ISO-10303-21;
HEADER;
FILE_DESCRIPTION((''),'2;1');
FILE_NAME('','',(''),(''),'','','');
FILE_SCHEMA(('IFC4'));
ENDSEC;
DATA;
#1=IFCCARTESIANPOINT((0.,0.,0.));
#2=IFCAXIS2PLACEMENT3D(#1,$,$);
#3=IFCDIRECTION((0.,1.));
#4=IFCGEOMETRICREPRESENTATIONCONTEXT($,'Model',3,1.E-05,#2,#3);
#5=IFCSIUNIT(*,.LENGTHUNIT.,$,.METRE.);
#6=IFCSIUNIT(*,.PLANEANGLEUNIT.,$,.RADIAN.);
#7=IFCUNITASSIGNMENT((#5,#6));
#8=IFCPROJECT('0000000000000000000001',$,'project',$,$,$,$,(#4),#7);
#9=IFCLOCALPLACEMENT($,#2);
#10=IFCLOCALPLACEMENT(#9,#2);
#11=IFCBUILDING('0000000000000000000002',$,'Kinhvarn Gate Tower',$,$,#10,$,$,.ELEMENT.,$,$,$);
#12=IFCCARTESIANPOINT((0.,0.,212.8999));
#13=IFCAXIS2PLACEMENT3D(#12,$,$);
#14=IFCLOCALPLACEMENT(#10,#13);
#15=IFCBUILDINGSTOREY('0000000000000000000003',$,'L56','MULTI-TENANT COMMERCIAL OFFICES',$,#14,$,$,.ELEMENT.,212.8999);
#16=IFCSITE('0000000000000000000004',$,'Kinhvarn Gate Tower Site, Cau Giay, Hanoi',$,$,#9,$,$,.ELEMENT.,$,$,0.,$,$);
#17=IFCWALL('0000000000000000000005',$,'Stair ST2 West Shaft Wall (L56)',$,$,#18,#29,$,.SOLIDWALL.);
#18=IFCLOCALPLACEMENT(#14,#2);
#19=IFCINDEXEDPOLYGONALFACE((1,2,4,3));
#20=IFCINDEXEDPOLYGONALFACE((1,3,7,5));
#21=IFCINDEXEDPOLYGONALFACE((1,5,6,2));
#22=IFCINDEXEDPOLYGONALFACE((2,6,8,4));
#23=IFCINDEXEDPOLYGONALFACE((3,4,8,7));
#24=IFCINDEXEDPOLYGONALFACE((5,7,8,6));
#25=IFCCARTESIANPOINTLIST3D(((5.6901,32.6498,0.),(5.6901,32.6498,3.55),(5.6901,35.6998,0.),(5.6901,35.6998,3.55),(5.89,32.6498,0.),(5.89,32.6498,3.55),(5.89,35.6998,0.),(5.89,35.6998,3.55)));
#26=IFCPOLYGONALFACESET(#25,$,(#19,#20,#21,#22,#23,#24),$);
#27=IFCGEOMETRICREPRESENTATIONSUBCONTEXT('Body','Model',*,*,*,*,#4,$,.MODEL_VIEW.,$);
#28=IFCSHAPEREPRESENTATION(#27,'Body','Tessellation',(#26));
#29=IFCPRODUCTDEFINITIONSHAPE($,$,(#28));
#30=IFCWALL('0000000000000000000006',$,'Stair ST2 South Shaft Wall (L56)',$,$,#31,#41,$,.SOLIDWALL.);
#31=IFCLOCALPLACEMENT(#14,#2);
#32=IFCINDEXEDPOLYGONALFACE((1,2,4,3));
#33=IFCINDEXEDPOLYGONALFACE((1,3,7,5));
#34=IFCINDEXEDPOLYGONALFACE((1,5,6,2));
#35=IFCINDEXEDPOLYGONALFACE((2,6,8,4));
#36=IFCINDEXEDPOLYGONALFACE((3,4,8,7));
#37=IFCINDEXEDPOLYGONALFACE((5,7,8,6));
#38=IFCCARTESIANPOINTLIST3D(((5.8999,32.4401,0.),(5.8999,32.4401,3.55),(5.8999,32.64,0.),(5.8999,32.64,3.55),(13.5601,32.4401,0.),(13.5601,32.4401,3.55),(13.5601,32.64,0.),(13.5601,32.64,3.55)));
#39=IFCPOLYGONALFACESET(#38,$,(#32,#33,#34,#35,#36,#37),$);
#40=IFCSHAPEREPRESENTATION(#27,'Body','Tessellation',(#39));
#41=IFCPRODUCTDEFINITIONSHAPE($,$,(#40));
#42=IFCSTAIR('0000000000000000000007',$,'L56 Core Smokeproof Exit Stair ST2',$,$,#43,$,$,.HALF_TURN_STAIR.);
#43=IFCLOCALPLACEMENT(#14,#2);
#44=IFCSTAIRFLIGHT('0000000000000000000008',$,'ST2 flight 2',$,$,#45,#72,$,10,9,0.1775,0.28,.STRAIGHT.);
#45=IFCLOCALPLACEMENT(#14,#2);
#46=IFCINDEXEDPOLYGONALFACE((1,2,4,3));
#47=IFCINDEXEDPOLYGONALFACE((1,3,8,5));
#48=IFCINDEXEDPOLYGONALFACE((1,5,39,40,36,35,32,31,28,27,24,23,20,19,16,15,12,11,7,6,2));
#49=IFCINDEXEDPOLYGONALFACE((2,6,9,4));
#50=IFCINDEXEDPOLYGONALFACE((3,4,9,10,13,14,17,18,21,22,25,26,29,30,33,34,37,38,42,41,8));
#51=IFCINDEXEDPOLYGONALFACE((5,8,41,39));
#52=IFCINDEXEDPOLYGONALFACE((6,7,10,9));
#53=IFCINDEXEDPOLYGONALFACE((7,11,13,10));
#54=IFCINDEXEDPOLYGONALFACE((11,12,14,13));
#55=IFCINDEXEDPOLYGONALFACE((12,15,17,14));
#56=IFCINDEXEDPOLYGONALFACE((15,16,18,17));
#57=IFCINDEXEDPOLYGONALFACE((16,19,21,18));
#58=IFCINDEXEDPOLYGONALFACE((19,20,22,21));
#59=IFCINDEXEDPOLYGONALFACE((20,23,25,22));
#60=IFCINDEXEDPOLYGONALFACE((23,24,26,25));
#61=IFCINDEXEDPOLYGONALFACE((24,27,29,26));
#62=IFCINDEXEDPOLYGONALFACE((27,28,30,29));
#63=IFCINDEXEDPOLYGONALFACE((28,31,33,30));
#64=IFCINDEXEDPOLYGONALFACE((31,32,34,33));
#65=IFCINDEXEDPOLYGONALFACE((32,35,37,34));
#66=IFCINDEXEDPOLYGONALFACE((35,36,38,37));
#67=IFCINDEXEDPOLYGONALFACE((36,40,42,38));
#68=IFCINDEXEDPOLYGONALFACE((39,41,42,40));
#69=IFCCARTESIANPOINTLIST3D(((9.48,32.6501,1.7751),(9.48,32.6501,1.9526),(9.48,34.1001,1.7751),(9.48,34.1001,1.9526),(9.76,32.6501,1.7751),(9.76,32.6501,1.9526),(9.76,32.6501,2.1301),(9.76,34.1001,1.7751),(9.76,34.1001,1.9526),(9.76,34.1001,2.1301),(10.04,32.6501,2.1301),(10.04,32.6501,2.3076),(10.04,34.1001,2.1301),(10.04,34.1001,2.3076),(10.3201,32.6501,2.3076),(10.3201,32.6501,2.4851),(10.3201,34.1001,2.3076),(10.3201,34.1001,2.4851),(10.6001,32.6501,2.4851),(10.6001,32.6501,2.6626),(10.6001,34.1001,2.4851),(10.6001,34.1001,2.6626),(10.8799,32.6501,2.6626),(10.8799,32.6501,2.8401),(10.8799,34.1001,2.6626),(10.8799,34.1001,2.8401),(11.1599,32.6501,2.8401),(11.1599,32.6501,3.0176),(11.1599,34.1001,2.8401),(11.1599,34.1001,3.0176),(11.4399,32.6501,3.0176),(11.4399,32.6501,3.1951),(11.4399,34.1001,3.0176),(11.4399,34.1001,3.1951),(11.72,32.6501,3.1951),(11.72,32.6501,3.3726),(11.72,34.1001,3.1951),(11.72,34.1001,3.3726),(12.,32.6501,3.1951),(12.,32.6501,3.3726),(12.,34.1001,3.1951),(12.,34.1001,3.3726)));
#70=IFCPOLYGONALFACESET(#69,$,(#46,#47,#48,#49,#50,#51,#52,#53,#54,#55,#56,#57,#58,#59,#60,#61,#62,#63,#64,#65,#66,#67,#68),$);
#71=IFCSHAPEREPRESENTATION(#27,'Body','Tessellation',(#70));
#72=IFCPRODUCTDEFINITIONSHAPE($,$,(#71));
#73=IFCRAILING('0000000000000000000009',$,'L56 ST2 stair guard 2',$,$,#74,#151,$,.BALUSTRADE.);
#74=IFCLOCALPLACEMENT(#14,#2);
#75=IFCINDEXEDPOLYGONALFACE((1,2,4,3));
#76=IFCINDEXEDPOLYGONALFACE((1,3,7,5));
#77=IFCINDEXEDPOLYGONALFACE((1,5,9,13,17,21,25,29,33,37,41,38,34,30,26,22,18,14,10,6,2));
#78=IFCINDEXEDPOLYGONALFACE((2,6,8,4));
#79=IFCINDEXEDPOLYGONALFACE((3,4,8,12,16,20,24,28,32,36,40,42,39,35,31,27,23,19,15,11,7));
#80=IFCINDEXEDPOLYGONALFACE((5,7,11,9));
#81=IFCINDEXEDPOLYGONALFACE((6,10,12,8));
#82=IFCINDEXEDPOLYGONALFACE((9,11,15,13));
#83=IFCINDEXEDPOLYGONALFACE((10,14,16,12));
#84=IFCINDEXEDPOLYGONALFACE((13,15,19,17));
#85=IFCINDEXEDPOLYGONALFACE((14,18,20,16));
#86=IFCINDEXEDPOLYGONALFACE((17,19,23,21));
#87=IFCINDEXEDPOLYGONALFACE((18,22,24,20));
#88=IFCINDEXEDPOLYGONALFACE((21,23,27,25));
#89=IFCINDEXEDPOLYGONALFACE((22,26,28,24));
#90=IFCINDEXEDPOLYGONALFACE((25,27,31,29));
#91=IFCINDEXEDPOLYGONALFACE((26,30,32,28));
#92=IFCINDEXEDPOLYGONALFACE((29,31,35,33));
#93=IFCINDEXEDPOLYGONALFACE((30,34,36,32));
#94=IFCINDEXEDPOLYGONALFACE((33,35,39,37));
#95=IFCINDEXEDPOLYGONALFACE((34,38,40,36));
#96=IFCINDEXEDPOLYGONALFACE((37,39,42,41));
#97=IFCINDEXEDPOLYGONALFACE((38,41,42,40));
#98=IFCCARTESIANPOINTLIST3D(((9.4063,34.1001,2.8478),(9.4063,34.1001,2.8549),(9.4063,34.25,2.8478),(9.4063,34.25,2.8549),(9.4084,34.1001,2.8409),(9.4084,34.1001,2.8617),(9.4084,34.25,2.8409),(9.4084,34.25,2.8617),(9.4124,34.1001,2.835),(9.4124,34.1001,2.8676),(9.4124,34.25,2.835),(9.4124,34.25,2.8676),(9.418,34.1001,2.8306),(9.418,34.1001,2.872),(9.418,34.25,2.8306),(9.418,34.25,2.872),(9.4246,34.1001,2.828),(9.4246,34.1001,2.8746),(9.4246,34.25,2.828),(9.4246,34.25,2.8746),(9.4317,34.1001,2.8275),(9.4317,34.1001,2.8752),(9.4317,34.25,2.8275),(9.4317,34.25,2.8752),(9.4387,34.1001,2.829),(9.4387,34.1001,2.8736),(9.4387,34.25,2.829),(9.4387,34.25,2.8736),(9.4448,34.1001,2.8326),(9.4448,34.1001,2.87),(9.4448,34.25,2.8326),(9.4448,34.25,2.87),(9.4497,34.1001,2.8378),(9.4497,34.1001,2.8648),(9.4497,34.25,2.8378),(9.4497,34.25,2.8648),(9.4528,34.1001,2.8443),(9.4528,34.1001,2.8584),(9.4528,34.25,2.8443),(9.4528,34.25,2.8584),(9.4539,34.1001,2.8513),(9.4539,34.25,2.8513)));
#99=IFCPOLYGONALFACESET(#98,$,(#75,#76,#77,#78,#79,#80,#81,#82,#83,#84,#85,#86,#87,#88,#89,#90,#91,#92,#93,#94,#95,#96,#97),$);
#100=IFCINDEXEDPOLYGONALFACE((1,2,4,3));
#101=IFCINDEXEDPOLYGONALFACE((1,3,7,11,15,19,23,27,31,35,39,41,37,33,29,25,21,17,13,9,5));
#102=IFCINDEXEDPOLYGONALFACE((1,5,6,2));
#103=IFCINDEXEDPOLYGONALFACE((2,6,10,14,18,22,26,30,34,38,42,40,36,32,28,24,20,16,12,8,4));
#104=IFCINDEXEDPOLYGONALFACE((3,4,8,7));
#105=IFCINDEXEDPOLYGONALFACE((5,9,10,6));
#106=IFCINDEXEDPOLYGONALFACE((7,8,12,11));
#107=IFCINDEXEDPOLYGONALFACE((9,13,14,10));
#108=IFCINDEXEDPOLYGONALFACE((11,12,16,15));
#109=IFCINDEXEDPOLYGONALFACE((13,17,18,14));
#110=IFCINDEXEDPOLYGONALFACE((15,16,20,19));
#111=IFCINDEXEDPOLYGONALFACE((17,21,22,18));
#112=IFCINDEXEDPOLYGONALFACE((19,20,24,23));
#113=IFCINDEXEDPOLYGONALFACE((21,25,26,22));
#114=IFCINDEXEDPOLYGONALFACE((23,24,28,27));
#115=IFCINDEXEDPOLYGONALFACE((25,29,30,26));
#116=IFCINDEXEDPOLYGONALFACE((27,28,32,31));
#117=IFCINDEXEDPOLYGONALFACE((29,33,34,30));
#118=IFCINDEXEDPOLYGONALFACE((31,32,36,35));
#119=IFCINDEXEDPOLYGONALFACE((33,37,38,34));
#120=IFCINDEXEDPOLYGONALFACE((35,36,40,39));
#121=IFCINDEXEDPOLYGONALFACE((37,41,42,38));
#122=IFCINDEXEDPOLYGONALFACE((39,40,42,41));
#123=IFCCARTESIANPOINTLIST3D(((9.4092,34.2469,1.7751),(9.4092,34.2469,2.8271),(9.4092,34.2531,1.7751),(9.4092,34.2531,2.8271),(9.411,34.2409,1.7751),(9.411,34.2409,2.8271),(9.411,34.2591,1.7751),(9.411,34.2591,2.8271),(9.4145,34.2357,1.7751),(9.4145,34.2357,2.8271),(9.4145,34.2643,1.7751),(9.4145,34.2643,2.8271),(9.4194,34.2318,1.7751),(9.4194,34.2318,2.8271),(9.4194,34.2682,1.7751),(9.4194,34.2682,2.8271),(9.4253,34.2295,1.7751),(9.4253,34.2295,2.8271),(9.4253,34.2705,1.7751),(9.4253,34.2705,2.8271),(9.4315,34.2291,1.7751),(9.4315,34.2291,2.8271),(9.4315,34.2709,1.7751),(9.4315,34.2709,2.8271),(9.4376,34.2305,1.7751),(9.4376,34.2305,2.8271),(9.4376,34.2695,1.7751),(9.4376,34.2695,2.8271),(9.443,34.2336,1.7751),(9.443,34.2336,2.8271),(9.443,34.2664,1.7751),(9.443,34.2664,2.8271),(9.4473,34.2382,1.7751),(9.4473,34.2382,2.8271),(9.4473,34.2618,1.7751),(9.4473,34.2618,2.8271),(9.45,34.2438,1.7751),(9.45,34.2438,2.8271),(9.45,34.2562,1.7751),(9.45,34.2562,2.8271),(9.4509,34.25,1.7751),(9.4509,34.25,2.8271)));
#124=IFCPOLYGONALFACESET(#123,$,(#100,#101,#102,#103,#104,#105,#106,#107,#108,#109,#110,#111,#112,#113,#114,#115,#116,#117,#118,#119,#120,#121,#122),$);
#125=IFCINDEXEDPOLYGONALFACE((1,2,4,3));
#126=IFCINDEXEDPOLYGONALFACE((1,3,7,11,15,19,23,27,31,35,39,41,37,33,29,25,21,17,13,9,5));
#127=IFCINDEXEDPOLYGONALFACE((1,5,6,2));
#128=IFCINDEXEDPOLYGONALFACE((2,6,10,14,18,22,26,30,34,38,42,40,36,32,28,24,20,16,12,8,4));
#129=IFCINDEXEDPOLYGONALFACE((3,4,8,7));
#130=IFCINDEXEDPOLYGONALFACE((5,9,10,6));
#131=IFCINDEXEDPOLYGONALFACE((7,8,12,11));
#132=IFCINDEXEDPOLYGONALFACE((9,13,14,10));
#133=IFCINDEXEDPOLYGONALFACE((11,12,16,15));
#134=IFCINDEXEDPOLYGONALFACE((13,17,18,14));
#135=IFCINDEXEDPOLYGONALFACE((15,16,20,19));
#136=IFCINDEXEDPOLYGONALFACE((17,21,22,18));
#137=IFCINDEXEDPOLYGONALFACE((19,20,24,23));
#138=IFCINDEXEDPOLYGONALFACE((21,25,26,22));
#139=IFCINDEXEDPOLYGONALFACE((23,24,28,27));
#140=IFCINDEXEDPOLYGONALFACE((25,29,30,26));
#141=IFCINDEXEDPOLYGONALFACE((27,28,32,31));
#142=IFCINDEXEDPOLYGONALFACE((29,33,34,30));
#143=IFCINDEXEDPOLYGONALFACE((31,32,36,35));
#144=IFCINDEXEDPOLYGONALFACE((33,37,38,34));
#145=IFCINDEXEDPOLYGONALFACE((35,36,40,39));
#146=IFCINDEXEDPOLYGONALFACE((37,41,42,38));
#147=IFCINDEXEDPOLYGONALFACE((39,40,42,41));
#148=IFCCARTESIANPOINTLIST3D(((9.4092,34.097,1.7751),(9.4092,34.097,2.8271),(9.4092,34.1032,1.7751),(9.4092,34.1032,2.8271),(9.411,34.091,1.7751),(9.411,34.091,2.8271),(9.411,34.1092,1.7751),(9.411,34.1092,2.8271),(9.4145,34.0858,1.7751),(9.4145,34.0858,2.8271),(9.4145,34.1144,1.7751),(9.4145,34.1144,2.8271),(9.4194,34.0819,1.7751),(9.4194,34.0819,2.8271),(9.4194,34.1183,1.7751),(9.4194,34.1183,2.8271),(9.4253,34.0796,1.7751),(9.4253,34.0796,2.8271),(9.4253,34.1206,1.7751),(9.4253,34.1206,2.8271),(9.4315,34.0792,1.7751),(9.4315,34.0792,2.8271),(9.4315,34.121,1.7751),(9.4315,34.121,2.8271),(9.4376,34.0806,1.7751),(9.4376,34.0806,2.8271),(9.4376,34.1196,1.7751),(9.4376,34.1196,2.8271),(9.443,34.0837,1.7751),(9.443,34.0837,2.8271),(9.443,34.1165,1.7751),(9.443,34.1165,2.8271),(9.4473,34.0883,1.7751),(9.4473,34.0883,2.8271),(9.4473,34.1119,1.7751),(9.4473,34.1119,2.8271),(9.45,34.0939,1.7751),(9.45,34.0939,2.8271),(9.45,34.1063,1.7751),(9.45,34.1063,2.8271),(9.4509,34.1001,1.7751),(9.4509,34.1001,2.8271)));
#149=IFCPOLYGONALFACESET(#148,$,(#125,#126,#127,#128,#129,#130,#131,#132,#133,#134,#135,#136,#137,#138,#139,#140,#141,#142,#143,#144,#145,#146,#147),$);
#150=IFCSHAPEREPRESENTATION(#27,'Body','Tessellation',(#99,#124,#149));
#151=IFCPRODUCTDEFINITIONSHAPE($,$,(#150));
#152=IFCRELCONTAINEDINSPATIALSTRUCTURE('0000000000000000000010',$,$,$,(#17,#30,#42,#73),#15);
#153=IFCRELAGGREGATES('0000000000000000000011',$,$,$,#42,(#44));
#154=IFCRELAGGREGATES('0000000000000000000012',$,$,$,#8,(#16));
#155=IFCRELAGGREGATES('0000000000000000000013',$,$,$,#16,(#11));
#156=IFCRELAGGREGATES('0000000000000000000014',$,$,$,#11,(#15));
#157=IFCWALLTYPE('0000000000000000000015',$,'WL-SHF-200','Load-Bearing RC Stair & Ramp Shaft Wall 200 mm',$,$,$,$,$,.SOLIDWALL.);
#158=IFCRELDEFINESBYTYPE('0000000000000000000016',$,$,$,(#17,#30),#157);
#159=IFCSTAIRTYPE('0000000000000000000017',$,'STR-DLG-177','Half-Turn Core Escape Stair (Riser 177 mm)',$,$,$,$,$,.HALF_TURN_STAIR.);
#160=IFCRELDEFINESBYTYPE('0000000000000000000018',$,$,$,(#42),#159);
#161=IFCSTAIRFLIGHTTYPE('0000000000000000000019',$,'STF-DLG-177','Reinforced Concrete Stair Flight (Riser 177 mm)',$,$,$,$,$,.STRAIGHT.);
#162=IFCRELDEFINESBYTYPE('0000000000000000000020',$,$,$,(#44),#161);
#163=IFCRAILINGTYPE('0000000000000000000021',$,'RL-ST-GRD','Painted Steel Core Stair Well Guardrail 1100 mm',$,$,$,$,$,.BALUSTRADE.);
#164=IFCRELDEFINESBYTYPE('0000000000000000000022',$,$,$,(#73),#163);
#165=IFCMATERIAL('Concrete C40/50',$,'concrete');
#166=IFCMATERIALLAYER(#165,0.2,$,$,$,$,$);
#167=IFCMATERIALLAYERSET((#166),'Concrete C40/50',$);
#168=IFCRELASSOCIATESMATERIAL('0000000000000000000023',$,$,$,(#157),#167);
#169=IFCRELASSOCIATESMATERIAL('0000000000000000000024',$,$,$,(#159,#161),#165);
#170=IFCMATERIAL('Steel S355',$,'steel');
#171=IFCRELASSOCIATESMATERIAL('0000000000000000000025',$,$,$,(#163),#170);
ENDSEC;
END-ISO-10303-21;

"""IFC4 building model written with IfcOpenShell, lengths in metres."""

from ifc_helpers import new_model, si_unit, direction, frame, frame_2d, origin, origin_2d, place, context, subcontext, project, spatial, polyline, rectangle, circle, outline, extrude, material, layer, layer_set, type_object, element, aggregate, save


model = new_model("IFC4")

# Units and contexts
model_context = context("Model", 3, precision=1e-05, world=origin(), true_north=direction((0.0, 1.0)))
body_context = subcontext(model_context, "Body", "Model", "MODEL_VIEW")
ifc_project = project(units=[si_unit("LENGTHUNIT", "METRE"), si_unit("PLANEANGLEUNIT", "RADIAN")], contexts=[model_context])

# Site, building, storey
site_placement = place(None, origin())
site = spatial("IfcSite", under=ifc_project, at=site_placement, Name="Kinhvarn Gate Tower Site, Cau Giay, Hanoi", CompositionType="ELEMENT", RefElevation=0.0)
building_placement = place(site_placement, origin())
building = spatial("IfcBuilding", under=site, at=building_placement, Name="Kinhvarn Gate Tower", CompositionType="ELEMENT")
storey_placement = place(building_placement, frame((0.0, 0.0, 212.8999)))
storey = spatial("IfcBuildingStorey", under=building, at=storey_placement, Name="L56", Description="MULTI-TENANT COMMERCIAL OFFICES", CompositionType="ELEMENT", Elevation=212.8999)

# Walls
ifc_material_1 = material(Name="Concrete C40/50", Category="concrete")
ifc_layer_1 = layer(ifc_material_1, 0.2)
ifc_layer_set_1 = layer_set([ifc_layer_1], Name="Concrete C40/50")
wall_type_1 = type_object("IfcWallType", Name="WL-SHF-200", Description="Load-Bearing RC Stair & Ramp Shaft Wall 200 mm", PredefinedType="SOLIDWALL", material=ifc_layer_set_1)
wall_1_placement = place(storey_placement, frame((5.79, 32.6499, 0.0), z_axis=(0.0, 0.0, 1.0), x_axis=(0.0, 1.0, 0.0)))
element("IfcWall", 1, at=wall_1_placement, inside=storey, type_object=wall_type_1, Name="Stair ST2 West Shaft Wall (L56)", PredefinedType="SOLIDWALL", context=body_context, shape_type="SweptSolid", body=[
    extrude(rectangle(XDim=3.05, YDim=0.2, at=frame_2d((1.5249, 0.0))), origin(), (0.0, 0.0, 1.0), 3.55),
])
wall_2_placement = place(storey_placement, frame((5.8999, 32.54, 0.0), z_axis=(0.0, 0.0, 1.0), x_axis=(1.0, 0.0, 0.0)))
element("IfcWall", 2, at=wall_2_placement, inside=storey, type_object=wall_type_1, Name="Stair ST2 South Shaft Wall (L56)", PredefinedType="SOLIDWALL", context=body_context, shape_type="SweptSolid", body=[
    extrude(rectangle(XDim=7.6602, YDim=0.2, at=frame_2d((3.8301, 0.0))), origin(), (0.0, 0.0, 1.0), 3.55),
])

# Stair, stair flight
stair_type = type_object("IfcStairType", Name="STR-DLG-177", Description="Half-Turn Core Escape Stair (Riser 177 mm)", PredefinedType="HALF_TURN_STAIR", material=ifc_material_1)
stair_placement = place(storey_placement, origin())
stair = element("IfcStair", 3, at=stair_placement, inside=storey, type_object=stair_type, Name="L56 Core Smokeproof Exit Stair ST2", PredefinedType="HALF_TURN_STAIR")
stair_flight_type = type_object("IfcStairFlightType", Name="STF-DLG-177", Description="Reinforced Concrete Stair Flight (Riser 177 mm)", PredefinedType="STRAIGHT", material=ifc_material_1)
stair_flight_placement = place(storey_placement, frame((9.48, 33.375, 1.7751), z_axis=(0.0, 0.0, 1.0), x_axis=(1.0, 0.0, 0.0)))
stair_flight = element("IfcStairFlight", 4, at=stair_flight_placement, type_object=stair_flight_type, Name="ST2 flight 2", NumberOfRisers=10, NumberOfTreads=9, PredefinedType="STRAIGHT", RiserHeight=0.1775, TreadLength=0.28, context=body_context, shape_type="SweptSolid", body=[
    extrude(outline(polyline([(0.0, 0.0), (0.0, 0.1775), (0.28, 0.1775), (0.28, 0.355), (0.5601, 0.355), (0.5601, 0.5325), (0.8401, 0.5325), (0.8401, 0.71), (1.1201, 0.71), (1.1201, 0.8875), (1.3999, 0.8875), (1.3999, 1.0649), (1.6799, 1.0649), (1.6799, 1.2424), (1.96, 1.2424), (1.96, 1.4199), (2.24, 1.4199), (2.24, 1.5974), (2.52, 1.5974), (2.52, 1.7749), (2.52, 1.4199), (0.28, 0.0), (0.0, 0.0)])), frame((0.0, 0.7251, 0.0), z_axis=(0.0, -1.0, 0.0), x_axis=(1.0, 0.0, 0.0)), (0.0, 0.0, 1.0), 1.45),
])
aggregate(stair, [stair_flight])

# Railing
ifc_material_2 = material(Name="Steel S355", Category="steel")
railing_type_1 = type_object("IfcRailingType", Name="RL-ST-GRD", Description="Painted Steel Core Stair Well Guardrail 1100 mm", PredefinedType="BALUSTRADE", material=ifc_material_2)
railing_1_placement = place(storey_placement, frame((9.4299, 34.25, 1.7751)))
element("IfcRailing", 5, at=railing_1_placement, inside=storey, type_object=railing_type_1, Name="L56 ST2 stair guard 2", PredefinedType="BALUSTRADE", context=body_context, shape_type="SweptSolid", body=[
    extrude(circle(Radius=0.0239, at=origin_2d()), frame((0.0, 0.0, 1.0762), z_axis=(0.0, -1.0, 0.0), x_axis=(1.0, 0.0, 0.0)), (0.0, 0.0, 1.0), 0.1499),
    extrude(circle(Radius=0.021, at=origin_2d()), origin(), (0.0, 0.0, 1.0), 1.052),
    extrude(circle(Radius=0.021, at=origin_2d()), frame((0.0, -0.1499, 0.0)), (0.0, 0.0, 1.0), 1.052),
])

save(model, "model.ifc")
